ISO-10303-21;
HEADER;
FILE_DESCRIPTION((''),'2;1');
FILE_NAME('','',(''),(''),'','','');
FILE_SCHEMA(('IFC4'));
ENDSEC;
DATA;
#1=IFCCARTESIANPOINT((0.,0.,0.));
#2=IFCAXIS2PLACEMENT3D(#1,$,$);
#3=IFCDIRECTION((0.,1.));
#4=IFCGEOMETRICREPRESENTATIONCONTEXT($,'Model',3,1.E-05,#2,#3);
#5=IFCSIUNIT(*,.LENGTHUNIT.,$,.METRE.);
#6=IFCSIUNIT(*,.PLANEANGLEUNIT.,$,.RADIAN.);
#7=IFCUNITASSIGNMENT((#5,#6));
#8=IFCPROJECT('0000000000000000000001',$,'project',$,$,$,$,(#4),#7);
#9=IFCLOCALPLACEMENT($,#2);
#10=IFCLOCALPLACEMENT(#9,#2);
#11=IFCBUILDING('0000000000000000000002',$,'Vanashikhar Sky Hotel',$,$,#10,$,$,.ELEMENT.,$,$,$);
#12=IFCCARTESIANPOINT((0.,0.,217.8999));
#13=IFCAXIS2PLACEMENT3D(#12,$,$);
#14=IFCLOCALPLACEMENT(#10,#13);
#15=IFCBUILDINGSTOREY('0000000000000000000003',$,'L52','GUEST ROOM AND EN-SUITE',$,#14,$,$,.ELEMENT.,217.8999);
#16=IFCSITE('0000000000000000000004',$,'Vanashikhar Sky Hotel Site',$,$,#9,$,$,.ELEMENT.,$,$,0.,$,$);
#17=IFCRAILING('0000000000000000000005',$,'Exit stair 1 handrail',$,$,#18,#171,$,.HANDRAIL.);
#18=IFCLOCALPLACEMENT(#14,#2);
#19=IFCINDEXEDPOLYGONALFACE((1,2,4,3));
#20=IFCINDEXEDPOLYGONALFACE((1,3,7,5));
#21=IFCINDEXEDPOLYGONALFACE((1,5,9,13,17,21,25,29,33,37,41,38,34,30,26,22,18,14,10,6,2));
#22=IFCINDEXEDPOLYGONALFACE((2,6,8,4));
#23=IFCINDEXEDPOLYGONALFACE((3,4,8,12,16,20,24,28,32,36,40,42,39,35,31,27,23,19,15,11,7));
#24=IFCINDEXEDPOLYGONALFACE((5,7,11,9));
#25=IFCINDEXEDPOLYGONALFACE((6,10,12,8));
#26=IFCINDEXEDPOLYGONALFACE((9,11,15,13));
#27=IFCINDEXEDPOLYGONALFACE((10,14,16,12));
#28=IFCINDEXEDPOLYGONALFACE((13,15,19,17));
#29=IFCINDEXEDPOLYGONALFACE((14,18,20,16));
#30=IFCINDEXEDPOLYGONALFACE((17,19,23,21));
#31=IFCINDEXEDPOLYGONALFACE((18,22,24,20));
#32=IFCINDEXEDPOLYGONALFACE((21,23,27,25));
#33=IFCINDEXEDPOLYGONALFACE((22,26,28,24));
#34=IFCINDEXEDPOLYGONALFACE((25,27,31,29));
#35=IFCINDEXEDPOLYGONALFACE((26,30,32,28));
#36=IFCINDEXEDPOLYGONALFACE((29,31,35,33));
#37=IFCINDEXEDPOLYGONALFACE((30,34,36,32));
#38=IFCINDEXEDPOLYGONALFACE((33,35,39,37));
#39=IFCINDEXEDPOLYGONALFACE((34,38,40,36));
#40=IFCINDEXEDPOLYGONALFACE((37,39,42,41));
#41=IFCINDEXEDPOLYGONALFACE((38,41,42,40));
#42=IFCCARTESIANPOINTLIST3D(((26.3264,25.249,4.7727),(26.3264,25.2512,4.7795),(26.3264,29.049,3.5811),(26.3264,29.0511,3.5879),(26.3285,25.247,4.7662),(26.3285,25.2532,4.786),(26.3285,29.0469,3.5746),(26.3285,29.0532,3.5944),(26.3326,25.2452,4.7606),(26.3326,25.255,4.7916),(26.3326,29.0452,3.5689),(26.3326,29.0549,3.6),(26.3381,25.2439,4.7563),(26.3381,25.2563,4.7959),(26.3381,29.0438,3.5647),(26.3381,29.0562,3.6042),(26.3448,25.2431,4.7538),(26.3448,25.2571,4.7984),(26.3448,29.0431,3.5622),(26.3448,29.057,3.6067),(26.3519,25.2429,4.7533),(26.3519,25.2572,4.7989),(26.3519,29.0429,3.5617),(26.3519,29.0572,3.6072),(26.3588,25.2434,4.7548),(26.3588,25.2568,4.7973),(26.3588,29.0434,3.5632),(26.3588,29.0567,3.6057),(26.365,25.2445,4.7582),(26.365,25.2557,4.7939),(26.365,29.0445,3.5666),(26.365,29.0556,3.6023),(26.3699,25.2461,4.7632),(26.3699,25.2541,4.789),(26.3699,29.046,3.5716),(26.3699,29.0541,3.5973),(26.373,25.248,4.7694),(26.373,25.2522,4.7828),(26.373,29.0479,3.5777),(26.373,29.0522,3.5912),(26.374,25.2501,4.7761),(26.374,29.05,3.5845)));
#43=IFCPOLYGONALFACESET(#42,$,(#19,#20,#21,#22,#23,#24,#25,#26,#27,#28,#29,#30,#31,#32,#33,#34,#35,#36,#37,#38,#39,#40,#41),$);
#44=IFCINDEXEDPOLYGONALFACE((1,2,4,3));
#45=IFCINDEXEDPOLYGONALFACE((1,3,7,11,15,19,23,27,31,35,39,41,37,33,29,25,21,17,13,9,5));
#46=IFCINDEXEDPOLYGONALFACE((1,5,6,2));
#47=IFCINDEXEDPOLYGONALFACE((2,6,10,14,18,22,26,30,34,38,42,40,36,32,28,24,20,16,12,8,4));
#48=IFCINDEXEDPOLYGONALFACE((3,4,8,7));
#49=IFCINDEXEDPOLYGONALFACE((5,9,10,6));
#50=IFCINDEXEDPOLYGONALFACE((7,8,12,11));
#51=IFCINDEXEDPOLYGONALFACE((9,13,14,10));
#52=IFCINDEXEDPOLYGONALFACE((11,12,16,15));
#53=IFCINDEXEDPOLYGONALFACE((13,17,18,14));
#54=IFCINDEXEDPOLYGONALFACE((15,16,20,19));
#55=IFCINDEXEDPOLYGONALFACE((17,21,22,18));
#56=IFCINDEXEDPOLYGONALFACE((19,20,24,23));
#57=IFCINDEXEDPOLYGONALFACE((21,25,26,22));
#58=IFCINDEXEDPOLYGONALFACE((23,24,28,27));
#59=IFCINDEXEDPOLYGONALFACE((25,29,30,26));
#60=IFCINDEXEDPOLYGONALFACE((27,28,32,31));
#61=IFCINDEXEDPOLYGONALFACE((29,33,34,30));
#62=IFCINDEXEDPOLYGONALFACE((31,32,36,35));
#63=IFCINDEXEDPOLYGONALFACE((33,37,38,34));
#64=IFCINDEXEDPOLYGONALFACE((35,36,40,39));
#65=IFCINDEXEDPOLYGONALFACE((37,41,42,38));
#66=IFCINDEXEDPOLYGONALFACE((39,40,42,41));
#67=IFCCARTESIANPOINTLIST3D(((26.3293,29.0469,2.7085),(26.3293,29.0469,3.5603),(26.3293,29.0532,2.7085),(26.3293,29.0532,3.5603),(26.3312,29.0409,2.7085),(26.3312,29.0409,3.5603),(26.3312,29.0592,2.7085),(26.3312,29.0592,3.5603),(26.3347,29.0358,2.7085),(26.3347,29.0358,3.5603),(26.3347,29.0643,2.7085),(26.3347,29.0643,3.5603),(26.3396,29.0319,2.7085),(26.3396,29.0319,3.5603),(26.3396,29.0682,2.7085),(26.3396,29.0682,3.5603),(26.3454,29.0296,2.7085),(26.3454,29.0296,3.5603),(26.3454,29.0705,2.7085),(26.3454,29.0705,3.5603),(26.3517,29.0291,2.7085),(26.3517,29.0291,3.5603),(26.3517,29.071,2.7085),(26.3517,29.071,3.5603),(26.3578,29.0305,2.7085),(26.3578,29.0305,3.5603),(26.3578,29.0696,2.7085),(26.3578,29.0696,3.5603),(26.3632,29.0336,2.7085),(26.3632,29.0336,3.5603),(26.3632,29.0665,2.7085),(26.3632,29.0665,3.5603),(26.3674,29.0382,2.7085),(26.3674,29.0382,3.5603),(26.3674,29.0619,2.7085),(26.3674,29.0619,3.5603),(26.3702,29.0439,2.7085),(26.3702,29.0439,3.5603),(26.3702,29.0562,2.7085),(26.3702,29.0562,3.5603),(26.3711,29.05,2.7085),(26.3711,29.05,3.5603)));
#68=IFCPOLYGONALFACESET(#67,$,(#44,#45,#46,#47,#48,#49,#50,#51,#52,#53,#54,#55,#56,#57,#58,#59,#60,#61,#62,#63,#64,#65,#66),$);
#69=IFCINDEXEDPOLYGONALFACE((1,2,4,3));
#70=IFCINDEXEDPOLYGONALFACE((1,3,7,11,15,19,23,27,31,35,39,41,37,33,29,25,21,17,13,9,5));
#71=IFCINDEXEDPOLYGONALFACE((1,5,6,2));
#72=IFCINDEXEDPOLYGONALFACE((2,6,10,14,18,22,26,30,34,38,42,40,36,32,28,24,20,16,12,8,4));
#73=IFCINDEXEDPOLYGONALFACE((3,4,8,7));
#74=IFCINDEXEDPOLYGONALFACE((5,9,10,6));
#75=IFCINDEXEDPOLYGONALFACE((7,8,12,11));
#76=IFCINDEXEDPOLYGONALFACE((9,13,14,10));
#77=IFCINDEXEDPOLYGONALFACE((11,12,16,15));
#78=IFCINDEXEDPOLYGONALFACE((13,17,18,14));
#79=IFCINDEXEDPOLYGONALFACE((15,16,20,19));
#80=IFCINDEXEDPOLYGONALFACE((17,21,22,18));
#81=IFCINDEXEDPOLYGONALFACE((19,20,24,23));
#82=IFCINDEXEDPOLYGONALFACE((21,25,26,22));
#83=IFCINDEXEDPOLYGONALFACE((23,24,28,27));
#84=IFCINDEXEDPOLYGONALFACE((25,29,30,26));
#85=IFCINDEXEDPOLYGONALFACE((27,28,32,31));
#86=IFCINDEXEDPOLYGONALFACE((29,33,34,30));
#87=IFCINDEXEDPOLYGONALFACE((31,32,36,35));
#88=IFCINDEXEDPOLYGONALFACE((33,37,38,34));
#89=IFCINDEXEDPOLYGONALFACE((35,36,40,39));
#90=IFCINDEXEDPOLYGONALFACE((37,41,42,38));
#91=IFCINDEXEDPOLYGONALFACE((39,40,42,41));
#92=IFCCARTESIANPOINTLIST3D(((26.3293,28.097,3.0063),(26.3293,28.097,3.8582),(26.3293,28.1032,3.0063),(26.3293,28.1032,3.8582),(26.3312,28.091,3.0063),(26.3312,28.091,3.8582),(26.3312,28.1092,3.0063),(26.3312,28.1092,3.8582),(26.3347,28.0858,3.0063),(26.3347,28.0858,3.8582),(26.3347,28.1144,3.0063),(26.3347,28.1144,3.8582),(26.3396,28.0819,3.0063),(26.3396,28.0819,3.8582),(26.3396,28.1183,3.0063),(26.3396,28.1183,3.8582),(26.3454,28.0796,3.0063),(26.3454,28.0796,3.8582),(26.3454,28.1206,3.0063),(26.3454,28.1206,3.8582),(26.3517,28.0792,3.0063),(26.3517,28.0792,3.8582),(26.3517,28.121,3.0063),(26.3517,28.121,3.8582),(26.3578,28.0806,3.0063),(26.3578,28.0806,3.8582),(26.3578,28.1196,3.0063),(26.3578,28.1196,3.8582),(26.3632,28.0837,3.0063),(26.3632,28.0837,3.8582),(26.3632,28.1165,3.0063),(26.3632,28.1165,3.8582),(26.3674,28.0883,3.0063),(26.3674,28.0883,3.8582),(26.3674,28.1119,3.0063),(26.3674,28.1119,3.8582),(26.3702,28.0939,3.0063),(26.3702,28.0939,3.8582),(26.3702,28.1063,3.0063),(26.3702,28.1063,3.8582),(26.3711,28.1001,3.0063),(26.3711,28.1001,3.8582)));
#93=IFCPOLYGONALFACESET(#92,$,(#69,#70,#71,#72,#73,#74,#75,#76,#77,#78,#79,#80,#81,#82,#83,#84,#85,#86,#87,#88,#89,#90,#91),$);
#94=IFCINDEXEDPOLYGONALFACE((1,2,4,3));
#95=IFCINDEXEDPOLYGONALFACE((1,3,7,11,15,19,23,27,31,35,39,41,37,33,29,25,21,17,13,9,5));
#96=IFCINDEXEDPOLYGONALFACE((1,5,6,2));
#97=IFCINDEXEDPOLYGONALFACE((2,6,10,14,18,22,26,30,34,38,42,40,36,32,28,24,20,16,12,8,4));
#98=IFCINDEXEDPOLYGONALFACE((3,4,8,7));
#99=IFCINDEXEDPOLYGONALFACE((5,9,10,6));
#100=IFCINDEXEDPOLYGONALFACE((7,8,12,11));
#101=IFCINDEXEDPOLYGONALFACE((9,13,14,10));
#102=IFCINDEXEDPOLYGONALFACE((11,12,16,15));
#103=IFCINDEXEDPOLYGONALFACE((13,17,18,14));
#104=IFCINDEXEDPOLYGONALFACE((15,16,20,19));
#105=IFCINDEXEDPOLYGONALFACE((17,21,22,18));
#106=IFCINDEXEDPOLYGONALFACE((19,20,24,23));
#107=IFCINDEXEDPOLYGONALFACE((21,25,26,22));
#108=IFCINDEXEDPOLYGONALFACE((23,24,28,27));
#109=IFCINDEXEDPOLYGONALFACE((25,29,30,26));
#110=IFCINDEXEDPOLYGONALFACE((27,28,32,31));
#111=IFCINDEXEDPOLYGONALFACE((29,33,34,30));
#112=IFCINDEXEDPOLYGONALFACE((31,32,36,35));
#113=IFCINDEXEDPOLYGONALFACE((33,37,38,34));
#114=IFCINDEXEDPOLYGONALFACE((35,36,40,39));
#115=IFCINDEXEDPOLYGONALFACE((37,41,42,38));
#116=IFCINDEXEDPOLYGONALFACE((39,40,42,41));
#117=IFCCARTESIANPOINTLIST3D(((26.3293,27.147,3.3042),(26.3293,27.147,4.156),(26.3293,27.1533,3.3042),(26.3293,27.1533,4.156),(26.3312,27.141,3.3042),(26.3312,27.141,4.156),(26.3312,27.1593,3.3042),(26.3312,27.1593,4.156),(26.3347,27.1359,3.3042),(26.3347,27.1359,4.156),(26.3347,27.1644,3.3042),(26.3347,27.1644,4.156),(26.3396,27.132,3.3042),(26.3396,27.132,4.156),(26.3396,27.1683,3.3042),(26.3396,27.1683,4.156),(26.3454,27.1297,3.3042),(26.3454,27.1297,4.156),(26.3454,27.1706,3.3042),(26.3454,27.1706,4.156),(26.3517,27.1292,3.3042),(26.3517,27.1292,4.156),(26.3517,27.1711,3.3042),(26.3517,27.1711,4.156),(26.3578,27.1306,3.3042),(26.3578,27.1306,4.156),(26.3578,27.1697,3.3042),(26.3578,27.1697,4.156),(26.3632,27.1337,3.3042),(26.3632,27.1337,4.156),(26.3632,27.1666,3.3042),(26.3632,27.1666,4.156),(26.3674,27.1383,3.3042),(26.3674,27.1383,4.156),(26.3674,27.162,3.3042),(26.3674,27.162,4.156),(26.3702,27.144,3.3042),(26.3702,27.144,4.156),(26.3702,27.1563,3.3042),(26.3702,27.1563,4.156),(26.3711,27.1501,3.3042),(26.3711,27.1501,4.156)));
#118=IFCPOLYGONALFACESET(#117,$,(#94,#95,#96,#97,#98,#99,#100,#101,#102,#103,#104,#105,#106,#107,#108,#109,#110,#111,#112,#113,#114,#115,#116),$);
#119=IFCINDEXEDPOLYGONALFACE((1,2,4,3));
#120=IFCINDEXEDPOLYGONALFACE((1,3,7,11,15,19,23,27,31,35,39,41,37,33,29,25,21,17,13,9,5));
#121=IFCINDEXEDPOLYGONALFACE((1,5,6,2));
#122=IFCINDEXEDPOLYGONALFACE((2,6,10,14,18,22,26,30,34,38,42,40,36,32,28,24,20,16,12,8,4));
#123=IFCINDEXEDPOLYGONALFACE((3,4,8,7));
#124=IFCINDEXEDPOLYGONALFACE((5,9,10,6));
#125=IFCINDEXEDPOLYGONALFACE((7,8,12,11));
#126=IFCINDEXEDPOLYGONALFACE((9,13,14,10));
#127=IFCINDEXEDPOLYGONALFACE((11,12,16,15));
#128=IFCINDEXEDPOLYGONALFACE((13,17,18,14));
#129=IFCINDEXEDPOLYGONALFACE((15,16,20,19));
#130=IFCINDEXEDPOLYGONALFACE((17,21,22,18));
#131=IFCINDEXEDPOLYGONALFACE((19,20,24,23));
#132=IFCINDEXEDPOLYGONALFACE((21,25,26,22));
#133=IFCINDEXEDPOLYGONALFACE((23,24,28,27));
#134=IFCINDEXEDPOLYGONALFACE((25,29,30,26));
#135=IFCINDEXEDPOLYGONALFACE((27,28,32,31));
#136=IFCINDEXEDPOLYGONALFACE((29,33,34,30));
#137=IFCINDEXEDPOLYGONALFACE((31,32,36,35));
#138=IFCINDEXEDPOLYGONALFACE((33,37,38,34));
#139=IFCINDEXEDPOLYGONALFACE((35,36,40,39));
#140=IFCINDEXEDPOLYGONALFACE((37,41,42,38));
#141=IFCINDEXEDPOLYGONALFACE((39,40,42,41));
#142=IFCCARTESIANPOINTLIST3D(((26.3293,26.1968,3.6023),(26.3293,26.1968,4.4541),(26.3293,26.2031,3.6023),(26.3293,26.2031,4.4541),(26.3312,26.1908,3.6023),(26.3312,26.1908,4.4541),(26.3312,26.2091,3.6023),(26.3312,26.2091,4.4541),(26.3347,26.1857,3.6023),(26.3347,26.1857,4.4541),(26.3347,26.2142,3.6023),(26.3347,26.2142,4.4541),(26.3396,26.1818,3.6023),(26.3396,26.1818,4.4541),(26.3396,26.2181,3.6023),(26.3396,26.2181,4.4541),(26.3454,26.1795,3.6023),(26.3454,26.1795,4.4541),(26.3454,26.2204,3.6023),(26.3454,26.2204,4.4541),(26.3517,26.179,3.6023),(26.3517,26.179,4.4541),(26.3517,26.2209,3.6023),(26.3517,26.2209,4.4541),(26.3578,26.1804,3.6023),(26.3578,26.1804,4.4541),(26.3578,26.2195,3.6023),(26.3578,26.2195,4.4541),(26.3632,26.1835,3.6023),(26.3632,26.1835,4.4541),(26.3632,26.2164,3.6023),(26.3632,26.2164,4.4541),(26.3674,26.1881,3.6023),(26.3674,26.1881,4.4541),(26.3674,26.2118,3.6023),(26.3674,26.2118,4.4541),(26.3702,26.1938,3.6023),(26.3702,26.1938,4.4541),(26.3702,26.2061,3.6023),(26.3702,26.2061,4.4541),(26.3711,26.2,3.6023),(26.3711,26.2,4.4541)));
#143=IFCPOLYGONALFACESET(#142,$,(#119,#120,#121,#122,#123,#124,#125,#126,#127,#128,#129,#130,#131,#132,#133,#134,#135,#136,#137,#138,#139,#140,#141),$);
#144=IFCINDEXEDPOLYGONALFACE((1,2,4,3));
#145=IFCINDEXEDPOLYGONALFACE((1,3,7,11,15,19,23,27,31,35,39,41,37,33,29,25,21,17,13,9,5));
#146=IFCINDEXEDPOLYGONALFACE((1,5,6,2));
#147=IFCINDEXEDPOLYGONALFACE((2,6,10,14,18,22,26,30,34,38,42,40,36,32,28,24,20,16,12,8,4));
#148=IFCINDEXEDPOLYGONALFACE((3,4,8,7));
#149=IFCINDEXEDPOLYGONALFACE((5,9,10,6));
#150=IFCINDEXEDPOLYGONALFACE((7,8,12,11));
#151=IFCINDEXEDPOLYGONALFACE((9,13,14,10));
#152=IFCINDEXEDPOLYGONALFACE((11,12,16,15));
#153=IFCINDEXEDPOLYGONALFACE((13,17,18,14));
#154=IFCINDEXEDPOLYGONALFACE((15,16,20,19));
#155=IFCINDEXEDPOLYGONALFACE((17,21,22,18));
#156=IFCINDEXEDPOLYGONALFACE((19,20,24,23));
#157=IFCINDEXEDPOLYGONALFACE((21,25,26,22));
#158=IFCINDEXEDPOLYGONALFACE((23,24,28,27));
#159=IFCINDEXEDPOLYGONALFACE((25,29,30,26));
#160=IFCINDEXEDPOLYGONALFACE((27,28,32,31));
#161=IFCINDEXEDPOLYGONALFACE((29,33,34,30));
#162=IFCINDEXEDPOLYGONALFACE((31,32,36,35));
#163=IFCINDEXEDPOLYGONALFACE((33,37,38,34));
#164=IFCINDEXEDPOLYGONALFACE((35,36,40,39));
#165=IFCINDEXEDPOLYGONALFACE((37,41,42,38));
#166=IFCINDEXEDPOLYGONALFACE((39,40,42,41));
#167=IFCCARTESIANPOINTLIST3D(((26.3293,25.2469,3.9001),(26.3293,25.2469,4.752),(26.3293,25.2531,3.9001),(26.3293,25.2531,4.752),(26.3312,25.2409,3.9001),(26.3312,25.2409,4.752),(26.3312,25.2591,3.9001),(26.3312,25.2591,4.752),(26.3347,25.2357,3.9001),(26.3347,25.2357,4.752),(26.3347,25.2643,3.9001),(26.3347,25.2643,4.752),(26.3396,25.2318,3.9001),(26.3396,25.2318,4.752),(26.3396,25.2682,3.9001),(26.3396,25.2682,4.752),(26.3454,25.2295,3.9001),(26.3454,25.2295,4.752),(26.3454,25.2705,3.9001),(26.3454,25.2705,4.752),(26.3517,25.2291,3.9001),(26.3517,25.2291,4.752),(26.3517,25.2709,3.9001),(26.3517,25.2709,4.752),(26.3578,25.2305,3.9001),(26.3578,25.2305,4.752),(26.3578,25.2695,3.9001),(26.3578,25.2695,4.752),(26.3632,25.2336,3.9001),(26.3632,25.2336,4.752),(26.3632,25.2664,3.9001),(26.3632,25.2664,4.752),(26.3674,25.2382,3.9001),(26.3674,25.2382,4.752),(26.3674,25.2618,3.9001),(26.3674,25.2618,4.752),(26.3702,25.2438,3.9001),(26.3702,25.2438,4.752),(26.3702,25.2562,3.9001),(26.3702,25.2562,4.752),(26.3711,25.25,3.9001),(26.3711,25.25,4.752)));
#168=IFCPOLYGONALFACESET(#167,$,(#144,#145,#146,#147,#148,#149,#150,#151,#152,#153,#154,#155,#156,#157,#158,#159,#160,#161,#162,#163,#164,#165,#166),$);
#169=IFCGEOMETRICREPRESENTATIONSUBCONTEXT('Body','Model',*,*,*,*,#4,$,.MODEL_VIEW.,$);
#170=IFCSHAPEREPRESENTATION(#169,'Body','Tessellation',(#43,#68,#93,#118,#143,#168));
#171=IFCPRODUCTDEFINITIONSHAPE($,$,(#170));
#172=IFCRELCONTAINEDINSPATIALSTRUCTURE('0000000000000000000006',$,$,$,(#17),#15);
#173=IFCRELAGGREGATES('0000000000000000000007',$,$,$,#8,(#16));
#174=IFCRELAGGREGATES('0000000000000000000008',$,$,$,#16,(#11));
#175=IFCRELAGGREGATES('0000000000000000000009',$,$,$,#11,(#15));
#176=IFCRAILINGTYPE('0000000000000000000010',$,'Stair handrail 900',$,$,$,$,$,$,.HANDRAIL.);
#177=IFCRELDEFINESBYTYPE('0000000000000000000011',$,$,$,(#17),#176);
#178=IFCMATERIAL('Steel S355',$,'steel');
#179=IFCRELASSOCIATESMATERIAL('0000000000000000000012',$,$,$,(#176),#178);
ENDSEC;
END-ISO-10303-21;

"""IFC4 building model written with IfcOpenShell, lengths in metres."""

from ifc_helpers import new_model, si_unit, direction, frame, origin, origin_2d, place, context, subcontext, project, spatial, circle, extrude, source, transform, mapped, material, type_object, element, save


model = new_model("IFC4")

# Units and contexts
model_context = context("Model", 3, precision=1e-05, world=origin(), true_north=direction((0.0, 1.0)))
body_context = subcontext(model_context, "Body", "Model", "MODEL_VIEW")
ifc_project = project(units=[si_unit("LENGTHUNIT", "METRE"), si_unit("PLANEANGLEUNIT", "RADIAN")], contexts=[model_context])

# Site, building, storey
site_placement = place(None, origin())
site = spatial("IfcSite", under=ifc_project, at=site_placement, Name="Vanashikhar Sky Hotel Site", CompositionType="ELEMENT", RefElevation=0.0)
building_placement = place(site_placement, origin())
building = spatial("IfcBuilding", under=site, at=building_placement, Name="Vanashikhar Sky Hotel", CompositionType="ELEMENT")
storey_placement = place(building_placement, frame((0.0, 0.0, 217.8999)))
storey = spatial("IfcBuildingStorey", under=building, at=storey_placement, Name="L52", Description="GUEST ROOM AND EN-SUITE", CompositionType="ELEMENT", Elevation=217.8999)

# Railing
ifc_material_1 = material(Name="Steel S355", Category="steel")
railing_type_1 = type_object("IfcRailingType", Name="Stair handrail 900", PredefinedType="HANDRAIL", material=ifc_material_1)
shared_shape_1 = source(origin(), body_context, "Body", "SweptSolid", [
    extrude(circle(Radius=0.0239, at=origin_2d()), frame((0.0, 0.0, 0.876), z_axis=(0.0, -0.954184, 0.299221), x_axis=(1.0, 0.0, 0.0)), (0.0, 0.0, 1.0), 3.9824),
    extrude(circle(Radius=0.021, at=origin_2d()), origin(), (0.0, 0.0, 1.0), 0.8518),
    extrude(circle(Radius=0.021, at=origin_2d()), frame((0.0, -0.95, 0.2979)), (0.0, 0.0, 1.0), 0.8518),
    extrude(circle(Radius=0.021, at=origin_2d()), frame((0.0, -1.8999, 0.5957)), (0.0, 0.0, 1.0), 0.8518),
    extrude(circle(Radius=0.021, at=origin_2d()), frame((0.0, -2.8501, 0.8938)), (0.0, 0.0, 1.0), 0.8518),
    extrude(circle(Radius=0.021, at=origin_2d()), frame((0.0, -3.8, 1.1917)), (0.0, 0.0, 1.0), 0.8518),
])
for number, where, name in (
    (1, (26.3501, 29.05, 2.7085), "Exit stair 1 handrail"),
):
    element("IfcRailing", number, at=place(storey_placement, frame(where)), inside=storey, type_object=railing_type_1, Name=name, PredefinedType="HANDRAIL", context=body_context, shape_type="MappedRepresentation", body=[
        mapped(shared_shape_1, transform((0.0, 0.0, 0.0), scale=1.0)),
    ])

save(model, "model.ifc")
